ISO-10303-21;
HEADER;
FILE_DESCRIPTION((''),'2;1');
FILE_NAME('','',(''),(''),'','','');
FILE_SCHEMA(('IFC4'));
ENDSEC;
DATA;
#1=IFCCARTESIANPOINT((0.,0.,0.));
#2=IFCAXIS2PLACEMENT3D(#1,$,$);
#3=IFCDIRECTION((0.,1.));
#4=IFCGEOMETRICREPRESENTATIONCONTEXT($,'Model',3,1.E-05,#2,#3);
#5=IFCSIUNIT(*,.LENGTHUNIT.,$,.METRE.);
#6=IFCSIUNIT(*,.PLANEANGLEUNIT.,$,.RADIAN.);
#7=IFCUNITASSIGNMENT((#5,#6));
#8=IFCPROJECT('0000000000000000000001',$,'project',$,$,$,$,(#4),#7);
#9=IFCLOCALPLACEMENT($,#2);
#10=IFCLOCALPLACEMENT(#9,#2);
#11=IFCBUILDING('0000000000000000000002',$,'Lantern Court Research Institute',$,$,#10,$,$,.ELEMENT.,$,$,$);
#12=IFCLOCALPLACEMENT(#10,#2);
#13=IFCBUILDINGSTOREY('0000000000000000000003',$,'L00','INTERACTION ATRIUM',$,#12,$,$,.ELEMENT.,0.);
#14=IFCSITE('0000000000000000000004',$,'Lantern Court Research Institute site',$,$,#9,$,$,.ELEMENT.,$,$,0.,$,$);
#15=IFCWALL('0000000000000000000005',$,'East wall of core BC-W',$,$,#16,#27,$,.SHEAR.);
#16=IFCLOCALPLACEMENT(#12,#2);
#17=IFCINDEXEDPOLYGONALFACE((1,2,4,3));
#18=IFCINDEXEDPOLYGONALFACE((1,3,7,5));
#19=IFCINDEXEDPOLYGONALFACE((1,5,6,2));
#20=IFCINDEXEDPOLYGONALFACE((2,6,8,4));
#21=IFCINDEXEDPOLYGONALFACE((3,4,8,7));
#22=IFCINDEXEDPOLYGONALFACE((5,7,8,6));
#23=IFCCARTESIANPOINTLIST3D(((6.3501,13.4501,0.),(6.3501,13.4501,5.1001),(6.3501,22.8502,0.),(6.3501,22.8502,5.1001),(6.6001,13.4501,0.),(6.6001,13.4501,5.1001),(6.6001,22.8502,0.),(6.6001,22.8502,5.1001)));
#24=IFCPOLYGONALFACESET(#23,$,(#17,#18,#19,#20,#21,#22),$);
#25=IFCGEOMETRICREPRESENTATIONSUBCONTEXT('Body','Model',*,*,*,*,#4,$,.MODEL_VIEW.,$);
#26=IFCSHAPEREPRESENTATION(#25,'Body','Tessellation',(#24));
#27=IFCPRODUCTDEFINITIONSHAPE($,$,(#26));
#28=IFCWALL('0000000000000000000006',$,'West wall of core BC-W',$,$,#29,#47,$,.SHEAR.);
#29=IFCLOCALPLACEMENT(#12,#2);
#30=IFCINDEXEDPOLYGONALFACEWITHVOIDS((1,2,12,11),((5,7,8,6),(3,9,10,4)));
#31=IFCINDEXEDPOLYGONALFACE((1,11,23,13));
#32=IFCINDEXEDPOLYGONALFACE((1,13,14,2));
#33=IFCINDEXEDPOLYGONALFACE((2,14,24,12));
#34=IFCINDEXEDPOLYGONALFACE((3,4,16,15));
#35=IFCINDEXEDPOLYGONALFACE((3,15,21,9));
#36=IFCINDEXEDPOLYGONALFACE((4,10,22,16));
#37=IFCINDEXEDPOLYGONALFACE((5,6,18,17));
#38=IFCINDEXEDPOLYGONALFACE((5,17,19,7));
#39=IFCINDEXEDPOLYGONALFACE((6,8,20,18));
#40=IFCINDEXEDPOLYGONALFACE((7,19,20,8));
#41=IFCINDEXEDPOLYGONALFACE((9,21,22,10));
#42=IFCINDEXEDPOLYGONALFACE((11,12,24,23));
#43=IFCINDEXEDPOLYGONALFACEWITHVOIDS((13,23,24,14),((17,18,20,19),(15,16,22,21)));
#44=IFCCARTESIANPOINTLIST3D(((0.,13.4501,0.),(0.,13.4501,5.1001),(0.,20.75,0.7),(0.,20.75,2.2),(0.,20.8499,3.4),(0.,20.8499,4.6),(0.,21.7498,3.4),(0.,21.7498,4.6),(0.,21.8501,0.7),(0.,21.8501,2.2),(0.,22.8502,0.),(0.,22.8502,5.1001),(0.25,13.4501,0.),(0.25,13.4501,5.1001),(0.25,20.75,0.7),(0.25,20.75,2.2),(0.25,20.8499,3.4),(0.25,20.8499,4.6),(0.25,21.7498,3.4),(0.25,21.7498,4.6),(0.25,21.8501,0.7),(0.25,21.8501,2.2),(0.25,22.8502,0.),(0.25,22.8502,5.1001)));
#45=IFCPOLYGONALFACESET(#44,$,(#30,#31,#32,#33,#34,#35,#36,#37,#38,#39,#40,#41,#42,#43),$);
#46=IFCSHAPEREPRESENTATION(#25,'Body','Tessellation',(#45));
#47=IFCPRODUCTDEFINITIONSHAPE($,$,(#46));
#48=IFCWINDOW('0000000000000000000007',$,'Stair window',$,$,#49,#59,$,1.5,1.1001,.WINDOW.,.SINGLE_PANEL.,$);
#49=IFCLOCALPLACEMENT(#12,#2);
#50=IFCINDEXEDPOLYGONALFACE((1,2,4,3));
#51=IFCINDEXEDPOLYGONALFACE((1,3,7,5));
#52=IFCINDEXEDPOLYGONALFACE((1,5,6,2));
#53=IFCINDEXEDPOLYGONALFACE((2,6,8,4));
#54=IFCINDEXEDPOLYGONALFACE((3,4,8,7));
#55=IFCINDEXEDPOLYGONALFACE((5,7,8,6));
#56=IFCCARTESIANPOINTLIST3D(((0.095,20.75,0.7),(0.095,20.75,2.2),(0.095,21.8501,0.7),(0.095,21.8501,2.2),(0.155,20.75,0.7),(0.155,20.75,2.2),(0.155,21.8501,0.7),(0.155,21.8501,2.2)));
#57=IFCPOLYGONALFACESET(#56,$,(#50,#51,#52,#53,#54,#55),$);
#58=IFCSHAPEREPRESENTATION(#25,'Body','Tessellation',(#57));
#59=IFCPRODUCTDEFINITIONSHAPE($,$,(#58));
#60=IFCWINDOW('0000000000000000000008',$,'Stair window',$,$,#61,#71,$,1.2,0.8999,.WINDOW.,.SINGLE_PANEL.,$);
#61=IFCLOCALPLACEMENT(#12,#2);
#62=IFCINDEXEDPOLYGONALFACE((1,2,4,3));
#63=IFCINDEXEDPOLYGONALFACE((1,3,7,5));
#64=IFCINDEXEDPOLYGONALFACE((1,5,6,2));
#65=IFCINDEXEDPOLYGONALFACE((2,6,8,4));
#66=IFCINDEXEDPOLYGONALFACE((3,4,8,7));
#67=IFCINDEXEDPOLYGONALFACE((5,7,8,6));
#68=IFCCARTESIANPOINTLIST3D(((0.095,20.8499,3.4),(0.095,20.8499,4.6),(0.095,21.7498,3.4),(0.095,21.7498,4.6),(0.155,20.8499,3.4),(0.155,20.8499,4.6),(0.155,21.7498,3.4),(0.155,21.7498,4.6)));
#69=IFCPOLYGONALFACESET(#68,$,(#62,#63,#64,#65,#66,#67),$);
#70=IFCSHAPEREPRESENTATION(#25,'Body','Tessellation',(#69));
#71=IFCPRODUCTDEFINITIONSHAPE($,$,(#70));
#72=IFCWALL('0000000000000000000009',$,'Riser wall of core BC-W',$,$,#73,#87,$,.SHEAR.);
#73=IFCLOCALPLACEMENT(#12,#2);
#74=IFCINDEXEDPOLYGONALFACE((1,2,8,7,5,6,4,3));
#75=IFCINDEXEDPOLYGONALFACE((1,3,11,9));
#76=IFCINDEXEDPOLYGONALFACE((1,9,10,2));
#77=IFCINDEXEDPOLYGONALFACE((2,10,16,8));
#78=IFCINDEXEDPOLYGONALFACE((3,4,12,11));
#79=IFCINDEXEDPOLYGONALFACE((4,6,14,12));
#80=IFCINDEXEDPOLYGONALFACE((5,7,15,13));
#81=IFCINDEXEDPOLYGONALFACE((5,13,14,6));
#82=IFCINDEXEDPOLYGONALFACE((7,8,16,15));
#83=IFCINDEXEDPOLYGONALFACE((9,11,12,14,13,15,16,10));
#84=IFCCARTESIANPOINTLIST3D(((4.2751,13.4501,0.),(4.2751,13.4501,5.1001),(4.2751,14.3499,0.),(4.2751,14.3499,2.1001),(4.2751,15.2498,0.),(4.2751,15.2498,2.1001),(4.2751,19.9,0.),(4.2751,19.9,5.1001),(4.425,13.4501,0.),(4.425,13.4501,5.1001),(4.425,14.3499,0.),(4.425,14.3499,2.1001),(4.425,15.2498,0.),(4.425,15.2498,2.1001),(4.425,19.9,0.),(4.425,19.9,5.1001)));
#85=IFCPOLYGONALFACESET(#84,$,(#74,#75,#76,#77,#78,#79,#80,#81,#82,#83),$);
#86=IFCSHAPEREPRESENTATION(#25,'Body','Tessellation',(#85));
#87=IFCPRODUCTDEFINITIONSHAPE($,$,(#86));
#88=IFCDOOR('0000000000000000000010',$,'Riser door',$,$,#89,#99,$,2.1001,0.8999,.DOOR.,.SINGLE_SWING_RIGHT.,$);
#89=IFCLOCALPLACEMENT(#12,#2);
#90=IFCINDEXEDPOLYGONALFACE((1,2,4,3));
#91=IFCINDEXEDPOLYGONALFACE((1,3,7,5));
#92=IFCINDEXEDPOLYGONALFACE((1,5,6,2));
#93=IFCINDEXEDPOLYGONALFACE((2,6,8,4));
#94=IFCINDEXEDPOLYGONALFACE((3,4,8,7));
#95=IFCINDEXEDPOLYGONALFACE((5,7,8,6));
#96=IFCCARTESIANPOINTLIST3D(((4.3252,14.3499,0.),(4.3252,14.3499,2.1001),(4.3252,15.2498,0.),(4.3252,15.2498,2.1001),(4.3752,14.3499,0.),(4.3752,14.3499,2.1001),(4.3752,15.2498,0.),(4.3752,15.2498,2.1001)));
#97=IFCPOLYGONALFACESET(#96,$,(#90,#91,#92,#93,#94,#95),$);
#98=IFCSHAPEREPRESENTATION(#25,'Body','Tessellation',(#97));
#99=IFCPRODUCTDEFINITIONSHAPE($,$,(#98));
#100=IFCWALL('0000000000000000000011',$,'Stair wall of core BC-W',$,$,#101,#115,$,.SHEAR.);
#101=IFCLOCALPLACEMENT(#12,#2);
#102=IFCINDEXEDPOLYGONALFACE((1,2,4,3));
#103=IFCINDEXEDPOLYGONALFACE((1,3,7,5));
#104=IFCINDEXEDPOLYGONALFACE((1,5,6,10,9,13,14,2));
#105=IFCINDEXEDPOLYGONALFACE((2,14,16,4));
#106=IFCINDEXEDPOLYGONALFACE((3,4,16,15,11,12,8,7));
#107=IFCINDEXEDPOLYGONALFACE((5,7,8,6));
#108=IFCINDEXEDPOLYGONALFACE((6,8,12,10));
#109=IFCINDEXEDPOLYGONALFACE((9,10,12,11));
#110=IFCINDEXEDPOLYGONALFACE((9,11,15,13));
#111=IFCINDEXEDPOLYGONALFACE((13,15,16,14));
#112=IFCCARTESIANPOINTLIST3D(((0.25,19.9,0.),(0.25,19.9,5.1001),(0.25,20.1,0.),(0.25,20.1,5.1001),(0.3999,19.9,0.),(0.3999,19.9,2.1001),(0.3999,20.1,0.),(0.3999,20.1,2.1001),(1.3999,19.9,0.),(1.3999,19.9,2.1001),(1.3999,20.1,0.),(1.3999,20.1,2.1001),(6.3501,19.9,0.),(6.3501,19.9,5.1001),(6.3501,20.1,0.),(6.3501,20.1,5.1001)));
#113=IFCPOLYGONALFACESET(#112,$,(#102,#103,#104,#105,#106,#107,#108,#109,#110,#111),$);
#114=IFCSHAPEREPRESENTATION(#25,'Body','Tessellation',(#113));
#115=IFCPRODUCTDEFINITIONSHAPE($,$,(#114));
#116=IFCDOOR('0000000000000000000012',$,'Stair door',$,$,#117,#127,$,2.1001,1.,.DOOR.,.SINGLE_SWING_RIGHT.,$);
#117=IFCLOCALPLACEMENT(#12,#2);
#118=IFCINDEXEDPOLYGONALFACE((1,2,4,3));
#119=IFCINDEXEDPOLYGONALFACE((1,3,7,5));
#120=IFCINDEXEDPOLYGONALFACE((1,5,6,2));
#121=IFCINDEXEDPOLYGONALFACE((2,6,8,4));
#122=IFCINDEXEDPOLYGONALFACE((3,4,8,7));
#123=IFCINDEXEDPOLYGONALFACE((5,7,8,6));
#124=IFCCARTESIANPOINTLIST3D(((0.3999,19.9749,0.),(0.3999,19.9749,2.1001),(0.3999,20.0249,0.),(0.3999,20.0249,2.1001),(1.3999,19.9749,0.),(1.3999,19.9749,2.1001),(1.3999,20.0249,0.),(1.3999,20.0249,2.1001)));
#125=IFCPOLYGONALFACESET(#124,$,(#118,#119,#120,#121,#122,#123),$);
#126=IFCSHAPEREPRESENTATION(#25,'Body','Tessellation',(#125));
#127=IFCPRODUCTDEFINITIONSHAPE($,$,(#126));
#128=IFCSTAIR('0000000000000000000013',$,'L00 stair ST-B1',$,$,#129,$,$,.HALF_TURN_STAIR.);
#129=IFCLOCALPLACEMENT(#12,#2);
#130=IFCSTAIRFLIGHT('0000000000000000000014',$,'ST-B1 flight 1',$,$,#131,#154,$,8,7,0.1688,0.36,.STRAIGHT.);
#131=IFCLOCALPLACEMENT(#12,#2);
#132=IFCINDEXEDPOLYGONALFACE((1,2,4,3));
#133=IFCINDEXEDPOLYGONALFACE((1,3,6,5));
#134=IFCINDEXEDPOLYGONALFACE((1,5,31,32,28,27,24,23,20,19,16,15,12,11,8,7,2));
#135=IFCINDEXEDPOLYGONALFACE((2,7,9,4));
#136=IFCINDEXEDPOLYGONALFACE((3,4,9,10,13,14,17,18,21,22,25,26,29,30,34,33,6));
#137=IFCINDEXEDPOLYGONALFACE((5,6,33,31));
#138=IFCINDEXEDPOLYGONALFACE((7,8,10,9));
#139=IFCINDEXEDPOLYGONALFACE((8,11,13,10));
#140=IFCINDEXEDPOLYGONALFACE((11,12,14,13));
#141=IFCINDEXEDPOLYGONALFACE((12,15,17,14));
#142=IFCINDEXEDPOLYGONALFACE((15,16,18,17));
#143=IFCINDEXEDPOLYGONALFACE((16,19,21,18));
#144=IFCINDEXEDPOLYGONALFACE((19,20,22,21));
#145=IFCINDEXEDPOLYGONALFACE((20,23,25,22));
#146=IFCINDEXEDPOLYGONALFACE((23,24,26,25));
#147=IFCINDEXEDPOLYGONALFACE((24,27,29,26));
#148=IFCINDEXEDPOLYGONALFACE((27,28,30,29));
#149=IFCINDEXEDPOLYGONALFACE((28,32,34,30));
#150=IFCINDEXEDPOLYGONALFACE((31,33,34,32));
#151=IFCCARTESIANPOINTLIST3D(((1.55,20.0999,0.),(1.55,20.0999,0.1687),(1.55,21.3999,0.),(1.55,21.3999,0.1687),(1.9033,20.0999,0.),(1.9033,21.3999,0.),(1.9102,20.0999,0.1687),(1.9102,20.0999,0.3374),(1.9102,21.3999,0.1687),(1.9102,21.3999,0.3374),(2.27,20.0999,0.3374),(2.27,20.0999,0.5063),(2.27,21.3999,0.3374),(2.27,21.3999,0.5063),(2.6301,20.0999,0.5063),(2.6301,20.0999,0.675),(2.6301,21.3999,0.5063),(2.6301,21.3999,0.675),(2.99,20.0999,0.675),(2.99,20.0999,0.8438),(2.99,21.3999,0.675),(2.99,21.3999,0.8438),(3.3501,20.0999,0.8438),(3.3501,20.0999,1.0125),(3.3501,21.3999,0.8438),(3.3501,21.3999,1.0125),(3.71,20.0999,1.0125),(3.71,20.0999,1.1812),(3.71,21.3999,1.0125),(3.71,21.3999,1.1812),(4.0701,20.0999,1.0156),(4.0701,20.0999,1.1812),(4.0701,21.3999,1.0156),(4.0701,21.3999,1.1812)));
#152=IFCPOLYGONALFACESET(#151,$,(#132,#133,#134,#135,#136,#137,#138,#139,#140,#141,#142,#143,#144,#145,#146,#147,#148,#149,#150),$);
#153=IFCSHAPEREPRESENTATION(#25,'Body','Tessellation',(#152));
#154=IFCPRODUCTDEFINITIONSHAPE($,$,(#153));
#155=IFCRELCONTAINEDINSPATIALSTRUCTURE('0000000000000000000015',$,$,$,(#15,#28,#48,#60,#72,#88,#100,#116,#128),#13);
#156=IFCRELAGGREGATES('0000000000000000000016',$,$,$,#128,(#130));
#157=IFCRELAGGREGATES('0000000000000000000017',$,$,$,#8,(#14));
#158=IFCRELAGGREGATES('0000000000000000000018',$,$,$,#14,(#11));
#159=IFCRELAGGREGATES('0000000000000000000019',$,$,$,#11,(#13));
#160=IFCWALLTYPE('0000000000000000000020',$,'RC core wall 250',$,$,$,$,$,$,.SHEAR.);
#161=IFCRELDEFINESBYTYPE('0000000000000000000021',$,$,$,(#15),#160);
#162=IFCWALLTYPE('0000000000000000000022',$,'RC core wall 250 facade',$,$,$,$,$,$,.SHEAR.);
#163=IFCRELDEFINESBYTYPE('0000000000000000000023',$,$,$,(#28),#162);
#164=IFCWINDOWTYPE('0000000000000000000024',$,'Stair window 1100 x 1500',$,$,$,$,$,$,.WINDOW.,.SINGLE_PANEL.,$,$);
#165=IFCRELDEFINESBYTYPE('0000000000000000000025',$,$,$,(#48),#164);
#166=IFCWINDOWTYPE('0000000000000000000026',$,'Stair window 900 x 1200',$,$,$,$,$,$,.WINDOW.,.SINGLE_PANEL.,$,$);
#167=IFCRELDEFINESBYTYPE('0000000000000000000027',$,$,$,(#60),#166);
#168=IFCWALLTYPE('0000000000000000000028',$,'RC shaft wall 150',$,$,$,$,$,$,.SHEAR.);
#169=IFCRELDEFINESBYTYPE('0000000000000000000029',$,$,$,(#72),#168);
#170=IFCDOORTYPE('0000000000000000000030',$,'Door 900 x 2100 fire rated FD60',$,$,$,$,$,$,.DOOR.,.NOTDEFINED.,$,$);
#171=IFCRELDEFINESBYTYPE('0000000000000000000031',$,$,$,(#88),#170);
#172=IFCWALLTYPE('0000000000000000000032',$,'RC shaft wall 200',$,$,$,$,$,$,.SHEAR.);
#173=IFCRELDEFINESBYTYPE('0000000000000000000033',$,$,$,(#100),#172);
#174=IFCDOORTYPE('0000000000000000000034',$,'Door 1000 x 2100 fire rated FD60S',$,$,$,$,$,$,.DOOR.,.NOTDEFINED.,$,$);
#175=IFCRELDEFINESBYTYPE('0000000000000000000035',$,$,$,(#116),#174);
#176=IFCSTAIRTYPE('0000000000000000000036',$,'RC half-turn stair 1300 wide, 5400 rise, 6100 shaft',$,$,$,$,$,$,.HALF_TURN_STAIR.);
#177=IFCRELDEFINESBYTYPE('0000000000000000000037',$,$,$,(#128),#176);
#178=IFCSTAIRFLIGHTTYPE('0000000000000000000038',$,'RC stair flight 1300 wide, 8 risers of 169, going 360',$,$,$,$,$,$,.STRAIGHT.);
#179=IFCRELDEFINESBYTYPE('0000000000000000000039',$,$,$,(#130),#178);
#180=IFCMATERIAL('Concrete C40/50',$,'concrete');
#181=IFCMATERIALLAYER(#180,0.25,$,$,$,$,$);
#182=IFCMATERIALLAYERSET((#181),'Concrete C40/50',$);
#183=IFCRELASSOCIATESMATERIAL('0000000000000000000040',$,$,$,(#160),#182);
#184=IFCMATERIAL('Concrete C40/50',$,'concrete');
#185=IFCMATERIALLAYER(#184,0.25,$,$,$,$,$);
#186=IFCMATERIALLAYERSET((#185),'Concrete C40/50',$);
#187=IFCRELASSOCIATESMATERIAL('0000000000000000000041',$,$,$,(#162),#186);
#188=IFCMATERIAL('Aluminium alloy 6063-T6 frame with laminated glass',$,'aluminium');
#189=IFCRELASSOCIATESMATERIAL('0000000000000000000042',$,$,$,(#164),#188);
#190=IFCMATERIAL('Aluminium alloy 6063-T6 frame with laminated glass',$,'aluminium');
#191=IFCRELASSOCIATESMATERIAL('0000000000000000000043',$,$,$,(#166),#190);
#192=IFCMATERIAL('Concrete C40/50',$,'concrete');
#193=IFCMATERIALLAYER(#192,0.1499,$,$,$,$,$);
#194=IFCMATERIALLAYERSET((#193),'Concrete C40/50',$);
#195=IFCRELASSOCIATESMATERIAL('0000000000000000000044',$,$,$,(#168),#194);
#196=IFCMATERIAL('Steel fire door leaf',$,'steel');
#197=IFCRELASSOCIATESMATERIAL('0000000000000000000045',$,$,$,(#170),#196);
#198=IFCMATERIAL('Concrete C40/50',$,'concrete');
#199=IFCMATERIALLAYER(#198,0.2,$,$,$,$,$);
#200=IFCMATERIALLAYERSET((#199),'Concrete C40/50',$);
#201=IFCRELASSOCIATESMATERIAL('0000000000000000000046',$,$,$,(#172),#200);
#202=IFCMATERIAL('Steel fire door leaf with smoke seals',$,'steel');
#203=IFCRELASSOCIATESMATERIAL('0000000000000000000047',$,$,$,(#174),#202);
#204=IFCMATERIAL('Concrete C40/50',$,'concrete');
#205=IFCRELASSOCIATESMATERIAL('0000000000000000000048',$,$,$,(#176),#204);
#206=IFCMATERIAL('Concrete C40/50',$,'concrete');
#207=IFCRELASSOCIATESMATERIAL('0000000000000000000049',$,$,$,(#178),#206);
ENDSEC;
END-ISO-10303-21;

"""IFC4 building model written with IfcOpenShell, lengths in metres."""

from ifc_helpers import new_model, si_unit, direction, frame, frame_2d, origin, place, context, subcontext, project, spatial, polyline, rectangle, outline, extrude, material, layer, layer_set, type_object, element, fill, aggregate, save


model = new_model("IFC4")

# Units and contexts
model_context = context("Model", 3, precision=1e-05, world=origin(), true_north=direction((0.0, 1.0)))
body_context = subcontext(model_context, "Body", "Model", "MODEL_VIEW")
ifc_project = project(units=[si_unit("LENGTHUNIT", "METRE"), si_unit("PLANEANGLEUNIT", "RADIAN")], contexts=[model_context])

# Site, building, storey
site_placement = place(None, origin())
site = spatial("IfcSite", under=ifc_project, at=site_placement, Name="Lantern Court Research Institute site", CompositionType="ELEMENT", RefElevation=0.0)
building_placement = place(site_placement, origin())
building = spatial("IfcBuilding", under=site, at=building_placement, Name="Lantern Court Research Institute", CompositionType="ELEMENT")
storey_placement = place(building_placement, origin())
storey = spatial("IfcBuildingStorey", under=building, at=storey_placement, Name="L00", Description="INTERACTION ATRIUM", CompositionType="ELEMENT", Elevation=0.0)

# Wall
ifc_material_1 = material(Name="Concrete C40/50", Category="concrete")
ifc_layer_1 = layer(ifc_material_1, 0.25)
ifc_layer_set_1 = layer_set([ifc_layer_1], Name="Concrete C40/50")
wall_type_1 = type_object("IfcWallType", Name="RC core wall 250", PredefinedType="SHEAR", material=ifc_layer_set_1)
wall_1_placement = place(storey_placement, frame((6.4751, 13.45, 0.0), z_axis=(0.0, 0.0, 1.0), x_axis=(0.0, 1.0, 0.0)))
element("IfcWall", 1, at=wall_1_placement, inside=storey, type_object=wall_type_1, Name="East wall of core BC-W", PredefinedType="SHEAR", context=body_context, shape_type="SweptSolid", body=[
    extrude(rectangle(XDim=9.4001, YDim=0.25, at=frame_2d((4.7002, 0.0))), origin(), (0.0, 0.0, 1.0), 5.1001),
])

# Wall, openings, windows
ifc_material_2 = material(Name="Concrete C40/50", Category="concrete")
ifc_layer_2 = layer(ifc_material_2, 0.25)
ifc_layer_set_2 = layer_set([ifc_layer_2], Name="Concrete C40/50")
wall_type_2 = type_object("IfcWallType", Name="RC core wall 250 facade", PredefinedType="SHEAR", material=ifc_layer_set_2)
wall_2_placement = place(storey_placement, frame((0.125, 13.45, 0.0), z_axis=(0.0, 0.0, 1.0), x_axis=(0.0, 1.0, 0.0)))
wall_2 = element("IfcWall", 2, at=wall_2_placement, inside=storey, type_object=wall_type_2, Name="West wall of core BC-W", PredefinedType="SHEAR", context=body_context, shape_type="SweptSolid", body=[
    extrude(rectangle(XDim=9.4001, YDim=0.25, at=frame_2d((4.7002, 0.0))), origin(), (0.0, 0.0, 1.0), 5.1001),
])
opening_1_placement = place(wall_2_placement, frame((7.3, 0.0, 0.7)))
opening_1 = element("IfcOpeningElement", 3, at=opening_1_placement, cuts=wall_2, PredefinedType="OPENING", context=body_context, shape_type="SweptSolid", body=[
    extrude(rectangle(XDim=1.1001, YDim=1.5, at=frame_2d((0.55, 0.75))), frame((0.0, 0.135, 0.0), z_axis=(0.0, -1.0, 0.0), x_axis=(1.0, 0.0, 0.0)), (0.0, 0.0, 1.0), 0.27),
])
opening_2_placement = place(wall_2_placement, frame((7.3999, 0.0, 3.3999)))
opening_2 = element("IfcOpeningElement", 4, at=opening_2_placement, cuts=wall_2, PredefinedType="OPENING", context=body_context, shape_type="SweptSolid", body=[
    extrude(rectangle(XDim=0.8999, YDim=1.2, at=frame_2d((0.45, 0.6001))), frame((0.0, 0.135, 0.0), z_axis=(0.0, -1.0, 0.0), x_axis=(1.0, 0.0, 0.0)), (0.0, 0.0, 1.0), 0.27),
])
ifc_material_3 = material(Name="Aluminium alloy 6063-T6 frame with laminated glass", Category="aluminium")
window_type_1 = type_object("IfcWindowType", Name="Stair window 1100 x 1500", PartitioningType="SINGLE_PANEL", PredefinedType="WINDOW", material=ifc_material_3)
window_1_placement = place(opening_1_placement, origin())
window_1 = element("IfcWindow", 5, at=window_1_placement, inside=storey, type_object=window_type_1, Name="Stair window", OverallHeight=1.5, OverallWidth=1.1001, PartitioningType="SINGLE_PANEL", PredefinedType="WINDOW", context=body_context, shape_type="SweptSolid", body=[
    extrude(rectangle(XDim=1.1001, YDim=1.5, at=frame_2d((0.55, 0.75))), frame((0.0, 0.03, 0.0), z_axis=(0.0, -1.0, 0.0), x_axis=(1.0, 0.0, 0.0)), (0.0, 0.0, 1.0), 0.0601),
])
fill(opening_1, window_1)
ifc_material_4 = material(Name="Aluminium alloy 6063-T6 frame with laminated glass", Category="aluminium")
window_type_2 = type_object("IfcWindowType", Name="Stair window 900 x 1200", PartitioningType="SINGLE_PANEL", PredefinedType="WINDOW", material=ifc_material_4)
window_2_placement = place(opening_2_placement, origin())
window_2 = element("IfcWindow", 6, at=window_2_placement, inside=storey, type_object=window_type_2, Name="Stair window", OverallHeight=1.2, OverallWidth=0.8999, PartitioningType="SINGLE_PANEL", PredefinedType="WINDOW", context=body_context, shape_type="SweptSolid", body=[
    extrude(rectangle(XDim=0.8999, YDim=1.2, at=frame_2d((0.45, 0.6001))), frame((0.0, 0.03, 0.0), z_axis=(0.0, -1.0, 0.0), x_axis=(1.0, 0.0, 0.0)), (0.0, 0.0, 1.0), 0.0601),
])
fill(opening_2, window_2)

# Walls, openings, doors
ifc_material_5 = material(Name="Concrete C40/50", Category="concrete")
ifc_layer_3 = layer(ifc_material_5, 0.1499)
ifc_layer_set_3 = layer_set([ifc_layer_3], Name="Concrete C40/50")
wall_type_3 = type_object("IfcWallType", Name="RC shaft wall 150", PredefinedType="SHEAR", material=ifc_layer_set_3)
wall_3_placement = place(storey_placement, frame((4.3501, 13.45, 0.0), z_axis=(0.0, 0.0, 1.0), x_axis=(0.0, 1.0, 0.0)))
wall_3 = element("IfcWall", 7, at=wall_3_placement, inside=storey, type_object=wall_type_3, Name="Riser wall of core BC-W", PredefinedType="SHEAR", context=body_context, shape_type="SweptSolid", body=[
    extrude(rectangle(XDim=6.45, YDim=0.1499, at=frame_2d((3.2251, 0.0))), origin(), (0.0, 0.0, 1.0), 5.1001),
])
opening_3_placement = place(wall_3_placement, frame((0.8999, 0.0, 0.0)))
opening_3 = element("IfcOpeningElement", 8, at=opening_3_placement, cuts=wall_3, PredefinedType="OPENING", context=body_context, shape_type="SweptSolid", body=[
    extrude(rectangle(XDim=0.8999, YDim=2.1001, at=frame_2d((0.45, 1.05))), frame((0.0, 0.085, 0.0), z_axis=(0.0, -1.0, 0.0), x_axis=(1.0, 0.0, 0.0)), (0.0, 0.0, 1.0), 0.1699),
])
ifc_material_6 = material(Name="Steel fire door leaf", Category="steel")
door_type_1 = type_object("IfcDoorType", Name="Door 900 x 2100 fire rated FD60", OperationType="NOTDEFINED", PredefinedType="DOOR", material=ifc_material_6)
door_1_placement = place(opening_3_placement, origin())
door_1 = element("IfcDoor", 9, at=door_1_placement, inside=storey, type_object=door_type_1, Name="Riser door", OperationType="SINGLE_SWING_RIGHT", OverallHeight=2.1001, OverallWidth=0.8999, PredefinedType="DOOR", context=body_context, shape_type="SweptSolid", body=[
    extrude(rectangle(XDim=0.8999, YDim=2.1001, at=frame_2d((0.45, 1.05))), frame((0.0, 0.0249, 0.0), z_axis=(0.0, -1.0, 0.0), x_axis=(1.0, 0.0, 0.0)), (0.0, 0.0, 1.0), 0.05),
])
fill(opening_3, door_1)
ifc_material_7 = material(Name="Concrete C40/50", Category="concrete")
ifc_layer_4 = layer(ifc_material_7, 0.2)
ifc_layer_set_4 = layer_set([ifc_layer_4], Name="Concrete C40/50")
wall_type_4 = type_object("IfcWallType", Name="RC shaft wall 200", PredefinedType="SHEAR", material=ifc_layer_set_4)
wall_4_placement = place(storey_placement, frame((0.25, 20.0, 0.0), z_axis=(0.0, 0.0, 1.0), x_axis=(1.0, 0.0, 0.0)))
wall_4 = element("IfcWall", 10, at=wall_4_placement, inside=storey, type_object=wall_type_4, Name="Stair wall of core BC-W", PredefinedType="SHEAR", context=body_context, shape_type="SweptSolid", body=[
    extrude(rectangle(XDim=6.1001, YDim=0.2, at=frame_2d((3.05, 0.0))), origin(), (0.0, 0.0, 1.0), 5.1001),
])
opening_4_placement = place(wall_4_placement, frame((0.1499, 0.0, 0.0)))
opening_4 = element("IfcOpeningElement", 11, at=opening_4_placement, cuts=wall_4, PredefinedType="OPENING", context=body_context, shape_type="SweptSolid", body=[
    extrude(rectangle(XDim=1.0, YDim=2.1001, at=frame_2d((0.5, 1.05))), frame((0.0, 0.1099, 0.0), z_axis=(0.0, -1.0, 0.0), x_axis=(1.0, 0.0, 0.0)), (0.0, 0.0, 1.0), 0.22),
])
ifc_material_8 = material(Name="Steel fire door leaf with smoke seals", Category="steel")
door_type_2 = type_object("IfcDoorType", Name="Door 1000 x 2100 fire rated FD60S", OperationType="NOTDEFINED", PredefinedType="DOOR", material=ifc_material_8)
door_2_placement = place(opening_4_placement, origin())
door_2 = element("IfcDoor", 12, at=door_2_placement, inside=storey, type_object=door_type_2, Name="Stair door", OperationType="SINGLE_SWING_RIGHT", OverallHeight=2.1001, OverallWidth=1.0, PredefinedType="DOOR", context=body_context, shape_type="SweptSolid", body=[
    extrude(rectangle(XDim=1.0, YDim=2.1001, at=frame_2d((0.5, 1.05))), frame((0.0, 0.0249, 0.0), z_axis=(0.0, -1.0, 0.0), x_axis=(1.0, 0.0, 0.0)), (0.0, 0.0, 1.0), 0.05),
])
fill(opening_4, door_2)

# Stair, stair flight
ifc_material_9 = material(Name="Concrete C40/50", Category="concrete")
stair_type = type_object("IfcStairType", Name="RC half-turn stair 1300 wide, 5400 rise, 6100 shaft", PredefinedType="HALF_TURN_STAIR", material=ifc_material_9)
stair_placement = place(storey_placement, origin())
stair = element("IfcStair", 13, at=stair_placement, inside=storey, type_object=stair_type, Name="L00 stair ST-B1", PredefinedType="HALF_TURN_STAIR")
ifc_material_10 = material(Name="Concrete C40/50", Category="concrete")
stair_flight_type = type_object("IfcStairFlightType", Name="RC stair flight 1300 wide, 8 risers of 169, going 360", PredefinedType="STRAIGHT", material=ifc_material_10)
stair_flight_1_placement = place(storey_placement, frame((1.55, 20.75, 0.0), z_axis=(0.0, 0.0, 1.0), x_axis=(1.0, 0.0, 0.0)))
stair_flight_1 = element("IfcStairFlight", 14, at=stair_flight_1_placement, type_object=stair_flight_type, Name="ST-B1 flight 1", NumberOfRisers=8, NumberOfTreads=7, PredefinedType="STRAIGHT", RiserHeight=0.1688, TreadLength=0.36, context=body_context, shape_type="SweptSolid", body=[
    extrude(outline(polyline([(0.0, 0.0), (0.0, 0.1687), (0.3601, 0.1687), (0.3601, 0.3374), (0.72, 0.3374), (0.72, 0.5063), (1.0801, 0.5063), (1.0801, 0.675), (1.4399, 0.675), (1.4399, 0.8438), (1.8, 0.8438), (1.8, 1.0125), (2.1599, 1.0125), (2.1599, 1.1812), (2.52, 1.1812), (2.52, 1.3501), (2.52, 1.0156), (0.3533, 0.0), (0.0, 0.0)])), frame((0.0, 0.6499, 0.0), z_axis=(0.0, -1.0, 0.0), x_axis=(1.0, 0.0, 0.0)), (0.0, 0.0, 1.0), 1.3),
])
aggregate(stair, [stair_flight_1])

save(model, "model.ifc")
